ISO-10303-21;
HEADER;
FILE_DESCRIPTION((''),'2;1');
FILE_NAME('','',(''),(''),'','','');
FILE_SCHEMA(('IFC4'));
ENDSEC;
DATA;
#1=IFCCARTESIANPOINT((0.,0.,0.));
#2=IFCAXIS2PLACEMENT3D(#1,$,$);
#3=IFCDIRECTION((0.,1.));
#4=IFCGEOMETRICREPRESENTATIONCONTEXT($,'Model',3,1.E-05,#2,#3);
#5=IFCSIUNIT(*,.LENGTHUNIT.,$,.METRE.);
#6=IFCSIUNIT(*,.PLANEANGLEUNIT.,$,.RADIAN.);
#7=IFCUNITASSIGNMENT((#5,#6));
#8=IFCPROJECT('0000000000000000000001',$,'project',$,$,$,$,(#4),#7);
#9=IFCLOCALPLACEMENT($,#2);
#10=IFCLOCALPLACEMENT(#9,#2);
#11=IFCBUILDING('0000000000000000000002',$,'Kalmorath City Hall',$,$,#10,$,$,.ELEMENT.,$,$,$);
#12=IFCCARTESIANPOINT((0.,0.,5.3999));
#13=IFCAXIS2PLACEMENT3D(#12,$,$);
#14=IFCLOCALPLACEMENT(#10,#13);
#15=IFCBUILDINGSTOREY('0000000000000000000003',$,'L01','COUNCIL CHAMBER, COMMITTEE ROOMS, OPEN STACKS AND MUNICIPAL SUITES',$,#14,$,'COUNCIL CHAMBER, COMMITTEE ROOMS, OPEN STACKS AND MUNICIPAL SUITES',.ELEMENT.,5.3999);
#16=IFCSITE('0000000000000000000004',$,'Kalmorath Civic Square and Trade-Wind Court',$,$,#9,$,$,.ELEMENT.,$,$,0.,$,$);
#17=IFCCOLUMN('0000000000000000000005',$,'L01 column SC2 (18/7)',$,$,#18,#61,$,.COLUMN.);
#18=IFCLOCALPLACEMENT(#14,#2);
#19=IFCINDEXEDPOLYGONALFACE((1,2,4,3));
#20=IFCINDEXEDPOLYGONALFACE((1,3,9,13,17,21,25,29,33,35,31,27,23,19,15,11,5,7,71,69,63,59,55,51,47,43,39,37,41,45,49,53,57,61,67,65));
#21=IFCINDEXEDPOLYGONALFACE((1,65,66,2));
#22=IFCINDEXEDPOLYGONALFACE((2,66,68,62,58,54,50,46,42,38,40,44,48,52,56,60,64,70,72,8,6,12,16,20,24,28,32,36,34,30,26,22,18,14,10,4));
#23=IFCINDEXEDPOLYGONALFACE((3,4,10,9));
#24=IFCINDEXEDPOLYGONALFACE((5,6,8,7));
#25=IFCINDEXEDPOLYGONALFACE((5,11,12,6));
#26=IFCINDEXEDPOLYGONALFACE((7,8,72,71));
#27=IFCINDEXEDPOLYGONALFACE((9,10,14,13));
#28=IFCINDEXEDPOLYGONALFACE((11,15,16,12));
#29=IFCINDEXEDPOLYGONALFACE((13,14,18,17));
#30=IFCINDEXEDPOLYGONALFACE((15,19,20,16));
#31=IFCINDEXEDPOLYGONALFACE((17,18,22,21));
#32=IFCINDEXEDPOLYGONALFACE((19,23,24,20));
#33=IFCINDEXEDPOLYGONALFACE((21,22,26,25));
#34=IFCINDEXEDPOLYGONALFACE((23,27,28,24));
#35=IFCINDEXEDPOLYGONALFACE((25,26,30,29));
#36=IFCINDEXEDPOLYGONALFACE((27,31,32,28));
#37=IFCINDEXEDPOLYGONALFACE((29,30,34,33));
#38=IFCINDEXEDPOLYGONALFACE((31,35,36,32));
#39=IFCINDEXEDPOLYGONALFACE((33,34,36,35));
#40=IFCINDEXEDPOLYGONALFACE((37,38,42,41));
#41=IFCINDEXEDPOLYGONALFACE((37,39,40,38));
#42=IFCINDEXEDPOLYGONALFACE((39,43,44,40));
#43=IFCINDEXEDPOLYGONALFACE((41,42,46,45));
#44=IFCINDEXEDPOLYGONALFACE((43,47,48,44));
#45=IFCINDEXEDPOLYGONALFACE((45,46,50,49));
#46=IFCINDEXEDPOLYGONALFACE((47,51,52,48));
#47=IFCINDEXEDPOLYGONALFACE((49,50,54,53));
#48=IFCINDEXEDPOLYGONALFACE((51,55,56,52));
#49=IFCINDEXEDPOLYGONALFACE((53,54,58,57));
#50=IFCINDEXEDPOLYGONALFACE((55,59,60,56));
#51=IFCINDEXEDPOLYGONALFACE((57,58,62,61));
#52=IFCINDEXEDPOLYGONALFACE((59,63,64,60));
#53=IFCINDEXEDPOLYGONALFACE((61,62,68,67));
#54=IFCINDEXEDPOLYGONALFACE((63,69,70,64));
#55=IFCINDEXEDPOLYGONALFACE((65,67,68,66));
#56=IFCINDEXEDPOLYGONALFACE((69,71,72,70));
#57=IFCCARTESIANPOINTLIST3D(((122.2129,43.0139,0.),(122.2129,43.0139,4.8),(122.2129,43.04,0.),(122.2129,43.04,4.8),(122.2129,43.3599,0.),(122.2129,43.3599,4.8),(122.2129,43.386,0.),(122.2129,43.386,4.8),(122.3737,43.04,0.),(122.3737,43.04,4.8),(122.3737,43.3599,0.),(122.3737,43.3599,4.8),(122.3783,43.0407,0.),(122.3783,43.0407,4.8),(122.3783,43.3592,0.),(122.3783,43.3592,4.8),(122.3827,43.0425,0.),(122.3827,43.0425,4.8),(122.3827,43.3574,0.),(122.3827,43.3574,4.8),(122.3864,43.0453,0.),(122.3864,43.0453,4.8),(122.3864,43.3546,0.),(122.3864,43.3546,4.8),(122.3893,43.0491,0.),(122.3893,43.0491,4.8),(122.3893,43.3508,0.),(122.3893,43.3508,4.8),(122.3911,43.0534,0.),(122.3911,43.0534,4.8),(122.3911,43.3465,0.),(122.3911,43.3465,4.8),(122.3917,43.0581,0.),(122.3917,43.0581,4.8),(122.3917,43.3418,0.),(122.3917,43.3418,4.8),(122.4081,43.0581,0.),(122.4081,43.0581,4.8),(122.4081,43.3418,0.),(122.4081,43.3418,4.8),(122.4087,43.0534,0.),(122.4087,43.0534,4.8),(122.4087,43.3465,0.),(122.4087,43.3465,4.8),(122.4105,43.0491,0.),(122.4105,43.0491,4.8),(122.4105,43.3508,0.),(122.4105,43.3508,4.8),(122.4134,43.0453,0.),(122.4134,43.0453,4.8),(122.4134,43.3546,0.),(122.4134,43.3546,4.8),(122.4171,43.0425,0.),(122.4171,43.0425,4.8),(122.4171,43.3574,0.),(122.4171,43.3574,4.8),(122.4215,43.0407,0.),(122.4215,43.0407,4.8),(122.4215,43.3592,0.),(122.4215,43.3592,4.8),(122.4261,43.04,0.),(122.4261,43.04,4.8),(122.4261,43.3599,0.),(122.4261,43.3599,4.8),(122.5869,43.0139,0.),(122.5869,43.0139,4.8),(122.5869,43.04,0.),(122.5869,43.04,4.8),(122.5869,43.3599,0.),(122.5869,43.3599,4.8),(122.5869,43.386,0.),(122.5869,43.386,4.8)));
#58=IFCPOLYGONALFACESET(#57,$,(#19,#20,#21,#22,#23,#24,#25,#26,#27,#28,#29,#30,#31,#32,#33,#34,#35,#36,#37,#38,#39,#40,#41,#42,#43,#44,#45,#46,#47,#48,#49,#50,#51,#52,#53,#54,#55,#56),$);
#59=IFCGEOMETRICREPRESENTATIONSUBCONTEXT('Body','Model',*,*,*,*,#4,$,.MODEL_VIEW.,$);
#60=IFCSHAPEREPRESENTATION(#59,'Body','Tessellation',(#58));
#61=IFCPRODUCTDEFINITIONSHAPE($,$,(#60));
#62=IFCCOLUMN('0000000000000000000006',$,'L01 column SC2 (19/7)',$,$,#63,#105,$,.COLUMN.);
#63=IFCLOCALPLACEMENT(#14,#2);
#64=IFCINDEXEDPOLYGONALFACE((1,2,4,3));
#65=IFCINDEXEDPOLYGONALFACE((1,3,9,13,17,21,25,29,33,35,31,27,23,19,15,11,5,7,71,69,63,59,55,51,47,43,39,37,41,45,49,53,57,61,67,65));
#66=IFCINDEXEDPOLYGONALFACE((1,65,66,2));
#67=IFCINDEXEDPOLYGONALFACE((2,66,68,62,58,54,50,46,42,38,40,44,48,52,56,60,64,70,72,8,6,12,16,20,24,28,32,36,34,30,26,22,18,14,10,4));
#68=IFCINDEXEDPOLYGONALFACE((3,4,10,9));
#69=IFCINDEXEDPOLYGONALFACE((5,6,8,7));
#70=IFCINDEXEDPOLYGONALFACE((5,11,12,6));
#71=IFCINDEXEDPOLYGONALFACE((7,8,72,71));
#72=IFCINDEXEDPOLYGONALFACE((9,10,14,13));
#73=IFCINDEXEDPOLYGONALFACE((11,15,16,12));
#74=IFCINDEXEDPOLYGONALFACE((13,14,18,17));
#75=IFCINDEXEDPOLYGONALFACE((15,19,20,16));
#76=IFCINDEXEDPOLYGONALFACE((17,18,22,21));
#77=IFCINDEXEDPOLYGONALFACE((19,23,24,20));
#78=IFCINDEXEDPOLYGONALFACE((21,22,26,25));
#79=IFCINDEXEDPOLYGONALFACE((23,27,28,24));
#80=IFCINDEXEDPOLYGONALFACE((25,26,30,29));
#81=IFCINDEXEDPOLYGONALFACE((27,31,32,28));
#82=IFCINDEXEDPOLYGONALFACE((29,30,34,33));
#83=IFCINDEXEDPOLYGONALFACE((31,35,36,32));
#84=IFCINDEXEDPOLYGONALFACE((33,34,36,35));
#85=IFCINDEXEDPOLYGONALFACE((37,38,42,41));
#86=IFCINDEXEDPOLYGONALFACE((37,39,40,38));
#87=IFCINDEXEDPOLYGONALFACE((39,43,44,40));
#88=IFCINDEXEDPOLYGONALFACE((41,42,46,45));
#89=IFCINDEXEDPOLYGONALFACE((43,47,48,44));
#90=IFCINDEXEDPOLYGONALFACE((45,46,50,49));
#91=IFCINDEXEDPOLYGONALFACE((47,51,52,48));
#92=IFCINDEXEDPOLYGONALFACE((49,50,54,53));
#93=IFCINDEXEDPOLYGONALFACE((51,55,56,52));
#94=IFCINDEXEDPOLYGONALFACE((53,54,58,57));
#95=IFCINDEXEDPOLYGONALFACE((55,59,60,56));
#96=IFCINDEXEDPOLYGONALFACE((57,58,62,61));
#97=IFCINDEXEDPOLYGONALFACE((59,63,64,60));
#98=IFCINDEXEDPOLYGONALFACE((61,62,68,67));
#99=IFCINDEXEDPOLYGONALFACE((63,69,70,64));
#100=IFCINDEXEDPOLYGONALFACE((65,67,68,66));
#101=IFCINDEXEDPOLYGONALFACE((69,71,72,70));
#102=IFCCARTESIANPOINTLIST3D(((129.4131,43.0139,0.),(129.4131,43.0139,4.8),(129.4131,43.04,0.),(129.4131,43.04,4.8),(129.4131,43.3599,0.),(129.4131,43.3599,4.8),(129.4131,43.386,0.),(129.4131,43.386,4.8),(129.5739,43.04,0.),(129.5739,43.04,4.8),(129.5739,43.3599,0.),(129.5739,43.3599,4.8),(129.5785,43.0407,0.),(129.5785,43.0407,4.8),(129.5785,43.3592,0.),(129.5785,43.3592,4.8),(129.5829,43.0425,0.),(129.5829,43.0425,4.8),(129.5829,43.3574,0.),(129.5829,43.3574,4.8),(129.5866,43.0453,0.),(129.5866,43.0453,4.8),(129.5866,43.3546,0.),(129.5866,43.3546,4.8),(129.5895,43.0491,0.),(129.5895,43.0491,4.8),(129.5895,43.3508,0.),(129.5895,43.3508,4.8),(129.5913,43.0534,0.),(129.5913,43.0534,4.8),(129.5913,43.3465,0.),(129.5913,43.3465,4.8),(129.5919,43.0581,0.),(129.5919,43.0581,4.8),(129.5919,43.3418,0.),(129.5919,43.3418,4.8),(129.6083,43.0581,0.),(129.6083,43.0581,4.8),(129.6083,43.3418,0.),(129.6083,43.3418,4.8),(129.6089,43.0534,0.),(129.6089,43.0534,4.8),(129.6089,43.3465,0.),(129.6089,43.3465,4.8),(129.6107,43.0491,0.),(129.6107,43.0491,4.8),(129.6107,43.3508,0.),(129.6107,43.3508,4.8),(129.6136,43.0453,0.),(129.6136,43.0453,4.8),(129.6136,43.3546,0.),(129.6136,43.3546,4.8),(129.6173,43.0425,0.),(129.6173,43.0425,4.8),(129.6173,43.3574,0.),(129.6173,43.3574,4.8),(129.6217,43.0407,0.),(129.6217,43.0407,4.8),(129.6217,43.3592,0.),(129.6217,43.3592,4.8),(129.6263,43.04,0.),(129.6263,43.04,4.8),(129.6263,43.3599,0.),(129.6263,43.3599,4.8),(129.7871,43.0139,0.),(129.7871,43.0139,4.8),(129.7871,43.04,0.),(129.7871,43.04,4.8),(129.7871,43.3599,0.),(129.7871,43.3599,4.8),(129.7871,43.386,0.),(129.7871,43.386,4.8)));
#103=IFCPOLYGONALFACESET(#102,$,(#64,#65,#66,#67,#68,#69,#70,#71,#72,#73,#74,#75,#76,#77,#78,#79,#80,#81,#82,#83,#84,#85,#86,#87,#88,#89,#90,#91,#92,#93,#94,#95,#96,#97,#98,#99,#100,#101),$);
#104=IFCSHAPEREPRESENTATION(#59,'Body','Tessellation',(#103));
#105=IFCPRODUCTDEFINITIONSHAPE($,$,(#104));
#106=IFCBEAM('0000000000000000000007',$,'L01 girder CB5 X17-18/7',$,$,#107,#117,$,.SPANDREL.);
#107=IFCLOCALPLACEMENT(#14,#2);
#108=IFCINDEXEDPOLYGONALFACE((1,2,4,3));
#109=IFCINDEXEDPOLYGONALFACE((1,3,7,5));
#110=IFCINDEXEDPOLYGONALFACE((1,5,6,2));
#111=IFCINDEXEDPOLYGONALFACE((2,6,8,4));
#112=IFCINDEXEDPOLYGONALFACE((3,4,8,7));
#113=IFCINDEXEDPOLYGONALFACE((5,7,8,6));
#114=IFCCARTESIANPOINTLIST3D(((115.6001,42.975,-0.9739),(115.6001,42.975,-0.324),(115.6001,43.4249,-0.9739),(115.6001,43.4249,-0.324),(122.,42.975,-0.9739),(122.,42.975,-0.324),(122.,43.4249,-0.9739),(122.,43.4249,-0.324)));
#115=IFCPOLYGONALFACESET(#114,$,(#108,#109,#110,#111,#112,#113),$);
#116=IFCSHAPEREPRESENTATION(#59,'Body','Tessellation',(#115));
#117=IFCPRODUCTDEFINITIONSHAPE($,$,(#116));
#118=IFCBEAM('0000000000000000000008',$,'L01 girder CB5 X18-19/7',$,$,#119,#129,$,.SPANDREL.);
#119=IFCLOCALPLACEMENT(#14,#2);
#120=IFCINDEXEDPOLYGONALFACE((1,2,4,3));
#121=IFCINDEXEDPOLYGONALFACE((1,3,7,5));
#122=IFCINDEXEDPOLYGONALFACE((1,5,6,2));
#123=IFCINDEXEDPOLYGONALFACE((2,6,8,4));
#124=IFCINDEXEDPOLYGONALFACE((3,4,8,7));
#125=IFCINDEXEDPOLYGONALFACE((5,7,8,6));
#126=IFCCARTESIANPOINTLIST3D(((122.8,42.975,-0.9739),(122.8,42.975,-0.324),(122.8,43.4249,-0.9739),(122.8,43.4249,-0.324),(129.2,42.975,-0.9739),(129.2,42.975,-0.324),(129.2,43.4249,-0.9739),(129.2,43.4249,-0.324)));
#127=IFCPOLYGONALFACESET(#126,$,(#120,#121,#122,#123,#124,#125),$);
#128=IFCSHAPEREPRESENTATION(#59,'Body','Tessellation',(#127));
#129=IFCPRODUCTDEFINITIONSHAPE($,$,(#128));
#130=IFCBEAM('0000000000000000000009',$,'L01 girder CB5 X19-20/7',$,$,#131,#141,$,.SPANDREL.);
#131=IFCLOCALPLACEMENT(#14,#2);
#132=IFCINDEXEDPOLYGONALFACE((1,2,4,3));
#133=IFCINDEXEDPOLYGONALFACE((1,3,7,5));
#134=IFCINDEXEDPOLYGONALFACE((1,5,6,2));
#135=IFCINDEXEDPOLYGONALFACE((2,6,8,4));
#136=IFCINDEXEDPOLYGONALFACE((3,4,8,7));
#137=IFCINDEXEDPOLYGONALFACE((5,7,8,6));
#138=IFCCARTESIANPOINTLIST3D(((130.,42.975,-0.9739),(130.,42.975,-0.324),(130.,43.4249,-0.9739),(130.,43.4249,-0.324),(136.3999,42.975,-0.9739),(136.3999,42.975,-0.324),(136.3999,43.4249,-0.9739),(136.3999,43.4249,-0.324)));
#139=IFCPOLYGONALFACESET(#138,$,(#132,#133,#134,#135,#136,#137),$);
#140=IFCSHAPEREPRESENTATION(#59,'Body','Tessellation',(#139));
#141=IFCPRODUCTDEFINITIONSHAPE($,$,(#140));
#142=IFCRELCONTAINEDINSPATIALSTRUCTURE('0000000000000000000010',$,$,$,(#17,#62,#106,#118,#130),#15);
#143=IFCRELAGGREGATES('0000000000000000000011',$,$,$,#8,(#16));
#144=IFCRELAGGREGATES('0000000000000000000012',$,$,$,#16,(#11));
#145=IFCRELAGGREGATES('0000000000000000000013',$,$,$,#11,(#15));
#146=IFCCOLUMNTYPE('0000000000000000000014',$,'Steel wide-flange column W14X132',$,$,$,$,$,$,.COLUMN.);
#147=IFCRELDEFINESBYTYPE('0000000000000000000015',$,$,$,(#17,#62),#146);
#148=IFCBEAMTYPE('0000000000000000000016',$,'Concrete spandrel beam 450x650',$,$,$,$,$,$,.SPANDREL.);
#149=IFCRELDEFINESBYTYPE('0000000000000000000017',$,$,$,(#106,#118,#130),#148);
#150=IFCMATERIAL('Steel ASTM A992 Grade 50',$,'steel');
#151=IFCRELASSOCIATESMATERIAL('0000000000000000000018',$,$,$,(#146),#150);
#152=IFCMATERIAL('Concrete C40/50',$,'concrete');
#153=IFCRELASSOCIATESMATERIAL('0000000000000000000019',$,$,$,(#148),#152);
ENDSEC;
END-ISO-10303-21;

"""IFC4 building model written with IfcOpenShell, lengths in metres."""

from ifc_helpers import new_model, si_unit, direction, frame, origin, origin_2d, place, context, subcontext, project, spatial, rectangle, i_section, extrude, material, material_profile, profile_set, type_object, element, save


model = new_model("IFC4")

# Units and contexts
model_context = context("Model", 3, precision=1e-05, world=origin(), true_north=direction((0.0, 1.0)))
body_context = subcontext(model_context, "Body", "Model", "MODEL_VIEW")
ifc_project = project(units=[si_unit("LENGTHUNIT", "METRE"), si_unit("PLANEANGLEUNIT", "RADIAN")], contexts=[model_context])

# Site, building, storey
site_placement = place(None, origin())
site = spatial("IfcSite", under=ifc_project, at=site_placement, Name="Kalmorath Civic Square and Trade-Wind Court", CompositionType="ELEMENT", RefElevation=0.0)
building_placement = place(site_placement, origin())
building = spatial("IfcBuilding", under=site, at=building_placement, Name="Kalmorath City Hall", CompositionType="ELEMENT")
storey_placement = place(building_placement, frame((0.0, 0.0, 5.3999)))
storey = spatial("IfcBuildingStorey", under=building, at=storey_placement, Name="L01", Description="COUNCIL CHAMBER, COMMITTEE ROOMS, OPEN STACKS AND MUNICIPAL SUITES", LongName="COUNCIL CHAMBER, COMMITTEE ROOMS, OPEN STACKS AND MUNICIPAL SUITES", CompositionType="ELEMENT", Elevation=5.3999)

# Columns
ifc_material_1 = material(Name="Steel ASTM A992 Grade 50", Category="steel")
ifc_material_profile_1 = material_profile(ifc_material_1, i_section(OverallWidth=0.374, OverallDepth=0.3721, WebThickness=0.0164, FlangeThickness=0.0261, FilletRadius=0.0181, at=origin_2d()), Name="W14X132")
ifc_profile_set_1 = profile_set([ifc_material_profile_1], Name="Steel ASTM A992 Grade 50")
column_type = type_object("IfcColumnType", Name="Steel wide-flange column W14X132", PredefinedType="COLUMN", material=ifc_profile_set_1)
for number, where, z_axis, x_axis, name in (
    (1, (122.3999, 43.2, 0.0), (0.0, 0.0, 1.0), (1.0, 0.0, 0.0), "L01 column SC2 (18/7)"),
    (2, (129.6001, 43.2, 0.0), (0.0, 0.0, 1.0), (1.0, 0.0, 0.0), "L01 column SC2 (19/7)"),
):
    element("IfcColumn", number, at=place(storey_placement, frame(where, z_axis=z_axis, x_axis=x_axis)), inside=storey, type_object=column_type, Name=name, PredefinedType="COLUMN", context=body_context, shape_type="SweptSolid", body=[
        extrude(i_section(OverallWidth=0.374, OverallDepth=0.3721, WebThickness=0.0164, FlangeThickness=0.0261, FilletRadius=0.0181, at=origin_2d()), origin(), (0.0, 0.0, 1.0), 4.8),
    ])

# Beams
ifc_material_2 = material(Name="Concrete C40/50", Category="concrete")
ifc_material_profile_2 = material_profile(ifc_material_2, rectangle(XDim=0.45, YDim=0.6499, at=origin_2d()), Name="RC-BM-450X650")
ifc_profile_set_2 = profile_set([ifc_material_profile_2], Name="Concrete C40/50")
beam_type = type_object("IfcBeamType", Name="Concrete spandrel beam 450x650", PredefinedType="SPANDREL", material=ifc_profile_set_2)
for number, where, z_axis, x_axis, name in (
    (3, (115.6001, 43.2, -0.6489), (1.0, 0.0, 0.0), (0.0, 1.0, 0.0), "L01 girder CB5 X17-18/7"),
    (4, (122.8, 43.2, -0.6489), (1.0, 0.0, 0.0), (0.0, 1.0, 0.0), "L01 girder CB5 X18-19/7"),
    (5, (130.0, 43.2, -0.6489), (1.0, 0.0, 0.0), (0.0, 1.0, 0.0), "L01 girder CB5 X19-20/7"),
):
    element("IfcBeam", number, at=place(storey_placement, frame(where, z_axis=z_axis, x_axis=x_axis)), inside=storey, type_object=beam_type, Name=name, PredefinedType="SPANDREL", context=body_context, shape_type="SweptSolid", body=[
        extrude(rectangle(XDim=0.45, YDim=0.6499, at=origin_2d()), origin(), (0.0, 0.0, 1.0), 6.3999),
    ])

save(model, "model.ifc")
